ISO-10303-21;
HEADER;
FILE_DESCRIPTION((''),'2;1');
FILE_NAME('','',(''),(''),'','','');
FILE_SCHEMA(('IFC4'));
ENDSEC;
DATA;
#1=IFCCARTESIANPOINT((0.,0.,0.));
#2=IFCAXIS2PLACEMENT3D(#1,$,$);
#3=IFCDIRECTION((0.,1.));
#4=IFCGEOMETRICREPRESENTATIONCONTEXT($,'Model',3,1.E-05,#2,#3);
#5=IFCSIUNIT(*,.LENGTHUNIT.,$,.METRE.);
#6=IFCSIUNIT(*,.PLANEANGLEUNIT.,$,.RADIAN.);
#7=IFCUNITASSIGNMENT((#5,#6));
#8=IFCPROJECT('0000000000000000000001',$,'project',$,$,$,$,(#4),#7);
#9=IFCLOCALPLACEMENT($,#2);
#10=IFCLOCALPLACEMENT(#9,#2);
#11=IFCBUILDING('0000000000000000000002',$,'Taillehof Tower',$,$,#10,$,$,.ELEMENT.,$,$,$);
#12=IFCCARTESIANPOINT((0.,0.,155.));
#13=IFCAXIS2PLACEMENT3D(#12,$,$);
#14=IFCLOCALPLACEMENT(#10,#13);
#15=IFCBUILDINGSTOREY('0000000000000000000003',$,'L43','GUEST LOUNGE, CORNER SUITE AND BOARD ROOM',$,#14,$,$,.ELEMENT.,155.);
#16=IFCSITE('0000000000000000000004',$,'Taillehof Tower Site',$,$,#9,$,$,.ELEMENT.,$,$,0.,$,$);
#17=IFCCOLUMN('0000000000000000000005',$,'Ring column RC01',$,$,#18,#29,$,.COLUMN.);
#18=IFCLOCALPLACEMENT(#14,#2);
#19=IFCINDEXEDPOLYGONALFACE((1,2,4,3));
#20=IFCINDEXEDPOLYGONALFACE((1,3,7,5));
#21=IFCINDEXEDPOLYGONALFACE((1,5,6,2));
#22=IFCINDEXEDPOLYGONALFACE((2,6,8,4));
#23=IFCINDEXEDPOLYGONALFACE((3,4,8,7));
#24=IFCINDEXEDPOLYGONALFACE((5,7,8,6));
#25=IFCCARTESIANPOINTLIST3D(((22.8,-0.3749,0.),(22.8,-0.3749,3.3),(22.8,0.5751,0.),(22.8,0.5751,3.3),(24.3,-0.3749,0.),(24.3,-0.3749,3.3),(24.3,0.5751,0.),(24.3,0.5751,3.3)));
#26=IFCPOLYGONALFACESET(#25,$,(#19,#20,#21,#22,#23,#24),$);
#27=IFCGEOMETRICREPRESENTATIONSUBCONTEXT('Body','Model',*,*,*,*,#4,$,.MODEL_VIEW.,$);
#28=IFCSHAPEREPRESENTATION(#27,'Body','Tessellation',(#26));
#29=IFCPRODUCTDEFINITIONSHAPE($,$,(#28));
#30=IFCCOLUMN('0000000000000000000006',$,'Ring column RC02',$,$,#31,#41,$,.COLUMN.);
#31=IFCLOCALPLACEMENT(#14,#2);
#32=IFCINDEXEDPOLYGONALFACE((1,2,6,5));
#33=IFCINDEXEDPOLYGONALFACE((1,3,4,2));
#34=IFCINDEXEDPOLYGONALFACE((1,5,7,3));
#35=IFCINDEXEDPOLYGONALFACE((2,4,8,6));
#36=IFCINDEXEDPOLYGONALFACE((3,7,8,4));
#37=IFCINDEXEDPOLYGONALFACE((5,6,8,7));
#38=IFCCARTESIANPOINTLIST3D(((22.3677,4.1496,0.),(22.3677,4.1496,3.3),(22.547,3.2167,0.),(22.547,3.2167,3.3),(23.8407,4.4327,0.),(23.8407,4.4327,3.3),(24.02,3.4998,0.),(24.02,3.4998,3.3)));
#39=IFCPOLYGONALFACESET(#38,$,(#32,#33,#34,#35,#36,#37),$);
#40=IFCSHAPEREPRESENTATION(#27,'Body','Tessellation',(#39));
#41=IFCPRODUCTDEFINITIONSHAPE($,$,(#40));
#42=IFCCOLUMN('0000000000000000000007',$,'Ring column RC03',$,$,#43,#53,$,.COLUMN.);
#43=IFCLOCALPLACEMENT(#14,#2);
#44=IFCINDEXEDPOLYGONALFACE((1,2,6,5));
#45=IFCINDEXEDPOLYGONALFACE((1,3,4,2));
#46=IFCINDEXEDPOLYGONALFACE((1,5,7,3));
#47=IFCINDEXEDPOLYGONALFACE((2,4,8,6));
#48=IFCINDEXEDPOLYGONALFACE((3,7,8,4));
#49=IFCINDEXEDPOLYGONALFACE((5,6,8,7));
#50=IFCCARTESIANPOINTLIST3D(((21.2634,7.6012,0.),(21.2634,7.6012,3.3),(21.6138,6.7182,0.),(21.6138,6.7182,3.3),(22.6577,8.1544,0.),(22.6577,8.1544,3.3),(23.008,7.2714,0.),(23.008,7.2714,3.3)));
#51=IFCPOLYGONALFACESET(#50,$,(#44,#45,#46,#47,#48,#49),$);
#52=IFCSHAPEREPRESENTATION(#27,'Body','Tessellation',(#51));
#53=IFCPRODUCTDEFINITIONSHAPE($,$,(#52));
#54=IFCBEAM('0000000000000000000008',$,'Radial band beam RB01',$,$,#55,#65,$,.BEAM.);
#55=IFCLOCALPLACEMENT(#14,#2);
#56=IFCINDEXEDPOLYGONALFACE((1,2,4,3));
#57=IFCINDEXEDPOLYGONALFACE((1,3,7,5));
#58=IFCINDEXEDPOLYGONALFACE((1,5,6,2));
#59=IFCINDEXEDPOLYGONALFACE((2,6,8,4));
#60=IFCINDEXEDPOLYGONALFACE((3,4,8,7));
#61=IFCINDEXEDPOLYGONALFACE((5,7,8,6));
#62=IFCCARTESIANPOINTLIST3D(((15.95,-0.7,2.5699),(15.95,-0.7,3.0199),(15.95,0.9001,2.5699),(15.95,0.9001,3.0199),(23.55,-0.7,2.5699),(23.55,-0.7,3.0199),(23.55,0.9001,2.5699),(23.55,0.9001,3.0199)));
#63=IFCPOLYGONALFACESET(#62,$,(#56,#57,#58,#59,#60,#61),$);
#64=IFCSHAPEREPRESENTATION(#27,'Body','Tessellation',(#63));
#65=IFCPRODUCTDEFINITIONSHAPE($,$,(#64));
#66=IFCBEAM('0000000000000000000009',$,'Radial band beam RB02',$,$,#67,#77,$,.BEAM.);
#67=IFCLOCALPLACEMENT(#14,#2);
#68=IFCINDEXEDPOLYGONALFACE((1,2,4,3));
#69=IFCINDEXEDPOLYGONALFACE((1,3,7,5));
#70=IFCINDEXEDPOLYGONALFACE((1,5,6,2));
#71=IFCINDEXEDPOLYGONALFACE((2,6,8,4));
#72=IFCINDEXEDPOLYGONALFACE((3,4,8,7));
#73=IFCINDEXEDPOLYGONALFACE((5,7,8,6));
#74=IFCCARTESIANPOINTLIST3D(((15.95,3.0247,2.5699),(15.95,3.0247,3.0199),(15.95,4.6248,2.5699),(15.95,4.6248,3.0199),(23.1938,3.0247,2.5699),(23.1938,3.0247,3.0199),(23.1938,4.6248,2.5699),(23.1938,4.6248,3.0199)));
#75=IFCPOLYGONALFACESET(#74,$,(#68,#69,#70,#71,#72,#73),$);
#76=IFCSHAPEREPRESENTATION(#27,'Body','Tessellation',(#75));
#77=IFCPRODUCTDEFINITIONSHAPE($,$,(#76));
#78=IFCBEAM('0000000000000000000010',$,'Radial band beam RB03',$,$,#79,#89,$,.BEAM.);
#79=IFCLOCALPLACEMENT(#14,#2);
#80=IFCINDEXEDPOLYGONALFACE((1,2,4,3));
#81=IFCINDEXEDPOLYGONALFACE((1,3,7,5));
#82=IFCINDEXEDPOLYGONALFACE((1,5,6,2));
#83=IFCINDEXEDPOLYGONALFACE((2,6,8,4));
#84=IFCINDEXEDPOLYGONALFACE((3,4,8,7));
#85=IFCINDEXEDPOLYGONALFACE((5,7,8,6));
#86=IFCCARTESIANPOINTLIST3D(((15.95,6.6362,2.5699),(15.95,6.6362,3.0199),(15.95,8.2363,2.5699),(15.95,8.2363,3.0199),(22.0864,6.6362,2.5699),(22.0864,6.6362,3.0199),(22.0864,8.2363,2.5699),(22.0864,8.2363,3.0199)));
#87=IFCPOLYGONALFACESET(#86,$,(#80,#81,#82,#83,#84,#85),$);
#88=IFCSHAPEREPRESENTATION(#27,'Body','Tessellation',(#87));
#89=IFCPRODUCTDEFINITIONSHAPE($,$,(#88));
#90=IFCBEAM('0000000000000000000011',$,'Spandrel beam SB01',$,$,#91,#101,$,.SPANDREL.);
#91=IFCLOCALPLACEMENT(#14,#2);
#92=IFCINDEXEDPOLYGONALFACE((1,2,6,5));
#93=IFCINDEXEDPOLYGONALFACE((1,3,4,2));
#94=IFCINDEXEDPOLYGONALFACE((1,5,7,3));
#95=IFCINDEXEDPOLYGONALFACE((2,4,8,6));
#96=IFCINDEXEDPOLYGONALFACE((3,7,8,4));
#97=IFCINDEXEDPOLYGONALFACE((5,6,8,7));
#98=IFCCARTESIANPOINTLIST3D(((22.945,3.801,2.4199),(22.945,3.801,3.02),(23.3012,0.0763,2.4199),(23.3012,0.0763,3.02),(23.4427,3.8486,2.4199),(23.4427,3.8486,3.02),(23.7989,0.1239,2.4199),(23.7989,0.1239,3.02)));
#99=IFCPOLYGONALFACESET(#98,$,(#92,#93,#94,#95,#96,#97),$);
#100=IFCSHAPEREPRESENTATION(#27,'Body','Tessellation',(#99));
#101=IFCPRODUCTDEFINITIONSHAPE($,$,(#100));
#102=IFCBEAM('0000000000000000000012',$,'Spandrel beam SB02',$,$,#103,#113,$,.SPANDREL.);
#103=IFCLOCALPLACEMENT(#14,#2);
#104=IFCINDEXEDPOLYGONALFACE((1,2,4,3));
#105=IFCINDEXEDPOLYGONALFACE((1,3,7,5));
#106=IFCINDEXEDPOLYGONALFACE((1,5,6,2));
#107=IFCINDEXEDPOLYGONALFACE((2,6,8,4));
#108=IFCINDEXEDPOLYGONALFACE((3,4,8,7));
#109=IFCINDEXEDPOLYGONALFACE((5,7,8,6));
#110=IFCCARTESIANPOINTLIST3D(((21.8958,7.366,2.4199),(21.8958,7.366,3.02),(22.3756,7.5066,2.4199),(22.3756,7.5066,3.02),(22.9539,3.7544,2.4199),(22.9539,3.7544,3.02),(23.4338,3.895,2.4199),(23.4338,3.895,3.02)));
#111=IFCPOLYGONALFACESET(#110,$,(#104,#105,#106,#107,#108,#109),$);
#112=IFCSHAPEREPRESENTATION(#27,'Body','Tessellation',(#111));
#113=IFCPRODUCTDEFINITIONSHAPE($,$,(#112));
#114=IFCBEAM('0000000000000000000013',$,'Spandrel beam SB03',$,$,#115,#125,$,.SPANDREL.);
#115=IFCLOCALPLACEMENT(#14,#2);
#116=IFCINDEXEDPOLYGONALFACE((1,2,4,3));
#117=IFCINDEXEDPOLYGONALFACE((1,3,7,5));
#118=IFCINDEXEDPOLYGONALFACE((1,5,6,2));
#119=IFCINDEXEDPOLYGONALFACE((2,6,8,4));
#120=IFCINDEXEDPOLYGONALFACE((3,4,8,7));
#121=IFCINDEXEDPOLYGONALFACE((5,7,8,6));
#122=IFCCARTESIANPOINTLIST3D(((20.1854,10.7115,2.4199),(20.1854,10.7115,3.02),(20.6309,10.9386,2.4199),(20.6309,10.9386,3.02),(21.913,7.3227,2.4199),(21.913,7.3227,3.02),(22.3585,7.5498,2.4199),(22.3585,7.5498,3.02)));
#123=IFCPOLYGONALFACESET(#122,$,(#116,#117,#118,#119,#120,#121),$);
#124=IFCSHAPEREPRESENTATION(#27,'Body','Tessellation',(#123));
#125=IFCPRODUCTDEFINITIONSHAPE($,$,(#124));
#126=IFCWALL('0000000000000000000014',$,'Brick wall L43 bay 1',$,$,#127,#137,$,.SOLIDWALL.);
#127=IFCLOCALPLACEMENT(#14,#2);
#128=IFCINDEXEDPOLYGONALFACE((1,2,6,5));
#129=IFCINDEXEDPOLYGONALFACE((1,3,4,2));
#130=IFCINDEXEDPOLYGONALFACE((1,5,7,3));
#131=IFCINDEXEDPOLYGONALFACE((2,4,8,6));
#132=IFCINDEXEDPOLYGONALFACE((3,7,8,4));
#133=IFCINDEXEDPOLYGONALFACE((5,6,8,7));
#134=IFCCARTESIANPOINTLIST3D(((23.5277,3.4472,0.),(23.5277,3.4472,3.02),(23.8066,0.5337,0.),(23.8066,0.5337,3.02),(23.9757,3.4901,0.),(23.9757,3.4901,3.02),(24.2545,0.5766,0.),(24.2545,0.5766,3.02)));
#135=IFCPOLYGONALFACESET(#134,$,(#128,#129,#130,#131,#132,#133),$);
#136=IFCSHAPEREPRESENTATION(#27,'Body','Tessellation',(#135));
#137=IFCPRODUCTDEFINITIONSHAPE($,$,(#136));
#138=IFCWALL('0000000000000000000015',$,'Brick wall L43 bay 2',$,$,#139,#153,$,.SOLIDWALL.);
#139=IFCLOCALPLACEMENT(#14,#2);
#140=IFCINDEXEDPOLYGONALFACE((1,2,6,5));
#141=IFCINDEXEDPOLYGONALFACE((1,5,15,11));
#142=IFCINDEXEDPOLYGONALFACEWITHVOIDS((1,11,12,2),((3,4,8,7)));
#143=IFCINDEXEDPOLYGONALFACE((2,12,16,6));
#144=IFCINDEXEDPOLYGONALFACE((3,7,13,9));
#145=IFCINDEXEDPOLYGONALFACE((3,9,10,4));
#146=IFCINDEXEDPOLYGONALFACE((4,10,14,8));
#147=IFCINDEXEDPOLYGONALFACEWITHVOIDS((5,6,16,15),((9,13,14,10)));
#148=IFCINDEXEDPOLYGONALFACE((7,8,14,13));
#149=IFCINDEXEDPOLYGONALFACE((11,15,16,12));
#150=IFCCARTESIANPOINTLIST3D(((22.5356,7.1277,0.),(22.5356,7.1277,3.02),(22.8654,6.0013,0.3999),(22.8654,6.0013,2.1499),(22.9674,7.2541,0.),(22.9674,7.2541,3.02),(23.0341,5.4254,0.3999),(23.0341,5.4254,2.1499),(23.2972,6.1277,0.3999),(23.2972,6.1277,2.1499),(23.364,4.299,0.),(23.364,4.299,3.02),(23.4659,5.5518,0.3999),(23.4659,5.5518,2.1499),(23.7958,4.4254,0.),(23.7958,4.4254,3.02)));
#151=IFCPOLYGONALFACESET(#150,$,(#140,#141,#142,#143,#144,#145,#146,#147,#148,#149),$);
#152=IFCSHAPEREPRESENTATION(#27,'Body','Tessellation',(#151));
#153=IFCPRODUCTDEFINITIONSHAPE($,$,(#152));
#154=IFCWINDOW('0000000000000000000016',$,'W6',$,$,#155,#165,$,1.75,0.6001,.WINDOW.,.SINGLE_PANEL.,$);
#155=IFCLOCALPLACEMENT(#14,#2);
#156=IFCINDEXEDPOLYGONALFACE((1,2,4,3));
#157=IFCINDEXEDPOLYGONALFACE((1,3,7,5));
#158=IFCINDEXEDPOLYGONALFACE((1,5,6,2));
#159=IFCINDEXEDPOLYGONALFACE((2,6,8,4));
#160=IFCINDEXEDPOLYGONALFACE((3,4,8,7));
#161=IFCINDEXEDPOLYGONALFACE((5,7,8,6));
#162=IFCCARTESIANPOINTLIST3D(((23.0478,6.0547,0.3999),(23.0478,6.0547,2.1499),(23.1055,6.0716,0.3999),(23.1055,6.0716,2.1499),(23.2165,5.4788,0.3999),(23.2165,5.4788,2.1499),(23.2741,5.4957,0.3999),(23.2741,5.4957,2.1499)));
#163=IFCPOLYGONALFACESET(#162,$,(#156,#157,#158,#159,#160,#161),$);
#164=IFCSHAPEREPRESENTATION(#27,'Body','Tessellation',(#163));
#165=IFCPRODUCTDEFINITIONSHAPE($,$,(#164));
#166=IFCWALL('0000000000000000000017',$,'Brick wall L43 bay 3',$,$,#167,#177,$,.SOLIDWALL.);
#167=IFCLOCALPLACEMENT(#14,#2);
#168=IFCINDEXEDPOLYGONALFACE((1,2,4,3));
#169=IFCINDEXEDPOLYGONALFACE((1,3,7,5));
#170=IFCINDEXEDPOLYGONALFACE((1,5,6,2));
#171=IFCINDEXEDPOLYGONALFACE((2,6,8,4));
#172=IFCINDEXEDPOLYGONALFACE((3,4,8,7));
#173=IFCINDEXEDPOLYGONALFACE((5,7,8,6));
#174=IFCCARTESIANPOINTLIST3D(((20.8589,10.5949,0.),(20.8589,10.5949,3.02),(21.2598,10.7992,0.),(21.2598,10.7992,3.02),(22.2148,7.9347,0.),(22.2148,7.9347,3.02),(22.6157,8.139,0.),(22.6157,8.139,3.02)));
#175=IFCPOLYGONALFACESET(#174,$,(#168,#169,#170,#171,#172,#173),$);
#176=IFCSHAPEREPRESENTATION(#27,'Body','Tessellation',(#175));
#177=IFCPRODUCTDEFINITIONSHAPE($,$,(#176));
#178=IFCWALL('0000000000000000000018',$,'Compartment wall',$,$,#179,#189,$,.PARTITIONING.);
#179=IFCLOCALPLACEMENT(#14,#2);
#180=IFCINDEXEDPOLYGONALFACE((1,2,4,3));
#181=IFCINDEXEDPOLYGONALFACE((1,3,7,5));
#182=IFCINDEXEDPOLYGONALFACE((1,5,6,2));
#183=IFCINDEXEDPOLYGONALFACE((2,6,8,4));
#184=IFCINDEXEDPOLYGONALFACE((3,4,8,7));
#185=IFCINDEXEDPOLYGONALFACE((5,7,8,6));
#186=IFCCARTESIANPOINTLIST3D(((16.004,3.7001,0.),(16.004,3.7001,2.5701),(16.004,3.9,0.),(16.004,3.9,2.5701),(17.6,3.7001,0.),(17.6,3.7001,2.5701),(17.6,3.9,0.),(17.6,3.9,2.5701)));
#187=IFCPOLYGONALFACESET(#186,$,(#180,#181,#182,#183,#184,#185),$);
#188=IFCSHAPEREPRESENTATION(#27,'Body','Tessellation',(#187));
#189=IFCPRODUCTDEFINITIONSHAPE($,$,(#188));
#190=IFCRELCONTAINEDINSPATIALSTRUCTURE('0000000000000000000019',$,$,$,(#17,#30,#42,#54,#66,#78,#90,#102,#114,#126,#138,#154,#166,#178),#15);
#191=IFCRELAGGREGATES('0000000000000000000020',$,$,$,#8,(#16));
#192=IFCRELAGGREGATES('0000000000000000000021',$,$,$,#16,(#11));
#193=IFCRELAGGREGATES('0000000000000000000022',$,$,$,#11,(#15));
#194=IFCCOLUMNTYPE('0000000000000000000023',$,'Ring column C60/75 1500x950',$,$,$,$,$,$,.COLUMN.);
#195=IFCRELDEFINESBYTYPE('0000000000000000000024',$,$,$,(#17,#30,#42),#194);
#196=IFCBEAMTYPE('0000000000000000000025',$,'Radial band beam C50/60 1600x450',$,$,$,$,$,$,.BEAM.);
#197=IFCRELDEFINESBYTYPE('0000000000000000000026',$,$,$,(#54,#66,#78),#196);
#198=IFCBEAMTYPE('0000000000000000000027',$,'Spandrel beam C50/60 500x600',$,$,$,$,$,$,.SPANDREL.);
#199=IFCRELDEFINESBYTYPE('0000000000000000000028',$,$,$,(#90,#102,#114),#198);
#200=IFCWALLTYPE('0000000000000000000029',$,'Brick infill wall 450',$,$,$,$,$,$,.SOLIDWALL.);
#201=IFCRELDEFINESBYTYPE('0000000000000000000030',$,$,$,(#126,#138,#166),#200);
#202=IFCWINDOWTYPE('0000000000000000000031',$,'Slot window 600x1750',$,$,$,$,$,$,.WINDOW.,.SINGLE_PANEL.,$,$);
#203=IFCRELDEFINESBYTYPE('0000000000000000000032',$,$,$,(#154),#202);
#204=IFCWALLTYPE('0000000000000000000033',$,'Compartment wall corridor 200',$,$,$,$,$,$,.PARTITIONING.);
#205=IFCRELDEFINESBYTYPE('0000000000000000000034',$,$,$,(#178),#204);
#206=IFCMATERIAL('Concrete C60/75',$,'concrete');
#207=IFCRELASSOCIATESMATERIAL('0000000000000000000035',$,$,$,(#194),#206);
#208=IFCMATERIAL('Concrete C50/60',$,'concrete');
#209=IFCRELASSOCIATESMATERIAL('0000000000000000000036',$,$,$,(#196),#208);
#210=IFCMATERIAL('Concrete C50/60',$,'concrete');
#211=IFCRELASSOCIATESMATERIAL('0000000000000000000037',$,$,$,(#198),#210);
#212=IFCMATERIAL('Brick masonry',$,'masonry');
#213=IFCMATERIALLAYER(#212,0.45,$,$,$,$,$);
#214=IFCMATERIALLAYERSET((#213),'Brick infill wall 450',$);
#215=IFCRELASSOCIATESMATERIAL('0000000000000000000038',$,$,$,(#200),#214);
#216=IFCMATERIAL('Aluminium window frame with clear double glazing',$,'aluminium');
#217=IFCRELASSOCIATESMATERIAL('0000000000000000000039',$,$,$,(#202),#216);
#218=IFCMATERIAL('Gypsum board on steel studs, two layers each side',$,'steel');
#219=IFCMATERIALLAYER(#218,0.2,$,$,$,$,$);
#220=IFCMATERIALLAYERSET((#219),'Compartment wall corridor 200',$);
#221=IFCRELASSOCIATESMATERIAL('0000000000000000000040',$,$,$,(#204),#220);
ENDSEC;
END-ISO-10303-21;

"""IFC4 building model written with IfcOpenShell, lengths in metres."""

from ifc_helpers import new_model, si_unit, direction, frame, frame_2d, origin, origin_2d, place, context, subcontext, project, spatial, rectangle, extrude, material, layer, layer_set, material_profile, profile_set, type_object, element, fill, save


model = new_model("IFC4")

# Units and contexts
model_context = context("Model", 3, precision=1e-05, world=origin(), true_north=direction((0.0, 1.0)))
body_context = subcontext(model_context, "Body", "Model", "MODEL_VIEW")
ifc_project = project(units=[si_unit("LENGTHUNIT", "METRE"), si_unit("PLANEANGLEUNIT", "RADIAN")], contexts=[model_context])

# Site, building, storey
site_placement = place(None, origin())
site = spatial("IfcSite", under=ifc_project, at=site_placement, Name="Taillehof Tower Site", CompositionType="ELEMENT", RefElevation=0.0)
building_placement = place(site_placement, origin())
building = spatial("IfcBuilding", under=site, at=building_placement, Name="Taillehof Tower", CompositionType="ELEMENT")
storey_placement = place(building_placement, frame((0.0, 0.0, 155.0)))
storey = spatial("IfcBuildingStorey", under=building, at=storey_placement, Name="L43", Description="GUEST LOUNGE, CORNER SUITE AND BOARD ROOM", CompositionType="ELEMENT", Elevation=155.0)

# Columns
ifc_material_1 = material(Name="Concrete C60/75", Category="concrete")
ifc_material_profile_1 = material_profile(ifc_material_1, rectangle(XDim=1.5, YDim=0.95, at=origin_2d()), Name="RC 1500x950")
ifc_profile_set_1 = profile_set([ifc_material_profile_1], Name="Concrete C60/75")
column_type = type_object("IfcColumnType", Name="Ring column C60/75 1500x950", PredefinedType="COLUMN", material=ifc_profile_set_1)
for number, where, z_axis, x_axis, name in (
    (1, (23.55, 0.1001, 0.0), (0.0, 0.0, 1.0), (1.0, 0.0, 0.0), "Ring column RC01"),
    (2, (23.1938, 3.8247, 0.0), (0.0, 0.0, 1.0), (0.982024, 0.188757, 0.0), "Ring column RC02"),
    (3, (22.1357, 7.4363, 0.0), (0.0, 0.0, 1.0), (0.929511, 0.368793, 0.0), "Ring column RC03"),
):
    element("IfcColumn", number, at=place(storey_placement, frame(where, z_axis=z_axis, x_axis=x_axis)), inside=storey, type_object=column_type, Name=name, PredefinedType="COLUMN", context=body_context, shape_type="SweptSolid", body=[
        extrude(rectangle(XDim=1.5, YDim=0.95, at=origin_2d()), origin(), (0.0, 0.0, 1.0), 3.3),
    ])

# Beams
ifc_material_2 = material(Name="Concrete C50/60", Category="concrete")
ifc_material_profile_2 = material_profile(ifc_material_2, rectangle(XDim=1.6001, YDim=0.45, at=origin_2d()), Name="RC 1600x450")
ifc_profile_set_2 = profile_set([ifc_material_profile_2], Name="Concrete C50/60")
beam_type_1 = type_object("IfcBeamType", Name="Radial band beam C50/60 1600x450", PredefinedType="BEAM", material=ifc_profile_set_2)
beam_1_placement = place(storey_placement, frame((23.55, 0.1001, 2.7949), z_axis=(-1.0, 0.0, 0.0), x_axis=(0.0, -1.0, 0.0)))
element("IfcBeam", 4, at=beam_1_placement, inside=storey, type_object=beam_type_1, Name="Radial band beam RB01", PredefinedType="BEAM", context=body_context, shape_type="SweptSolid", body=[
    extrude(rectangle(XDim=1.6001, YDim=0.45, at=origin_2d()), origin(), (0.0, 0.0, 1.0), 7.6001),
])
beam_2_placement = place(storey_placement, frame((23.1938, 3.8247, 2.7949), z_axis=(-1.0, 0.0, 0.0), x_axis=(0.0, -1.0, 0.0)))
element("IfcBeam", 5, at=beam_2_placement, inside=storey, type_object=beam_type_1, Name="Radial band beam RB02", PredefinedType="BEAM", context=body_context, shape_type="SweptSolid", body=[
    extrude(rectangle(XDim=1.6001, YDim=0.45, at=origin_2d()), origin(), (0.0, 0.0, 1.0), 7.2439),
])
beam_3_placement = place(storey_placement, frame((22.0864, 7.4363, 2.7949), z_axis=(-1.0, 0.0, 0.0), x_axis=(0.0, -1.0, 0.0)))
element("IfcBeam", 6, at=beam_3_placement, inside=storey, type_object=beam_type_1, Name="Radial band beam RB03", PredefinedType="BEAM", context=body_context, shape_type="SweptSolid", body=[
    extrude(rectangle(XDim=1.6001, YDim=0.45, at=origin_2d()), origin(), (0.0, 0.0, 1.0), 6.1365),
])
ifc_material_3 = material(Name="Concrete C50/60", Category="concrete")
ifc_material_profile_3 = material_profile(ifc_material_3, rectangle(XDim=0.5, YDim=0.6001, at=origin_2d()), Name="RC 500x600")
ifc_profile_set_3 = profile_set([ifc_material_profile_3], Name="Concrete C50/60")
beam_type_2 = type_object("IfcBeamType", Name="Spandrel beam C50/60 500x600", PredefinedType="SPANDREL", material=ifc_profile_set_3)
beam_4_placement = place(storey_placement, frame((23.55, 0.1001, 2.72), z_axis=(-0.0952, 0.995458, 0.0), x_axis=(-0.995458, -0.0952, 0.0)))
element("IfcBeam", 7, at=beam_4_placement, inside=storey, type_object=beam_type_2, Name="Spandrel beam SB01", PredefinedType="SPANDREL", context=body_context, shape_type="SweptSolid", body=[
    extrude(rectangle(XDim=0.5, YDim=0.6001, at=origin_2d()), origin(), (0.0, 0.0, 1.0), 3.7417),
])
beam_5_placement = place(storey_placement, frame((23.1938, 3.8247, 2.72), z_axis=(-0.281158, 0.959661, 0.0), x_axis=(-0.959661, -0.281158, 0.0)))
element("IfcBeam", 8, at=beam_5_placement, inside=storey, type_object=beam_type_2, Name="Spandrel beam SB02", PredefinedType="SPANDREL", context=body_context, shape_type="SweptSolid", body=[
    extrude(rectangle(XDim=0.5, YDim=0.6001, at=origin_2d()), origin(), (0.0, 0.0, 1.0), 3.7634),
])
beam_6_placement = place(storey_placement, frame((22.1357, 7.4363, 2.72), z_axis=(-0.454183, 0.890908, 0.0), x_axis=(-0.890908, -0.454183, 0.0)))
element("IfcBeam", 9, at=beam_6_placement, inside=storey, type_object=beam_type_2, Name="Spandrel beam SB03", PredefinedType="SPANDREL", context=body_context, shape_type="SweptSolid", body=[
    extrude(rectangle(XDim=0.5, YDim=0.6001, at=origin_2d()), origin(), (0.0, 0.0, 1.0), 3.8037),
])

# Wall
ifc_material_4 = material(Name="Brick masonry", Category="masonry")
ifc_layer_1 = layer(ifc_material_4, 0.45)
ifc_layer_set_1 = layer_set([ifc_layer_1], Name="Brick infill wall 450")
wall_type_1 = type_object("IfcWallType", Name="Brick infill wall 450", PredefinedType="SOLIDWALL", material=ifc_layer_set_1)
wall_1_placement = place(storey_placement, frame((24.0305, 0.5552, 0.0), z_axis=(0.0, 0.0, 1.0), x_axis=(-0.095266, 0.995452, 0.0)))
element("IfcWall", 10, at=wall_1_placement, inside=storey, type_object=wall_type_1, Name="Brick wall L43 bay 1", PredefinedType="SOLIDWALL", context=body_context, shape_type="SweptSolid", body=[
    extrude(rectangle(XDim=2.9268, YDim=0.45, at=frame_2d((1.4634, 0.0))), origin(), (0.0, 0.0, 1.0), 3.02),
])

# Wall, opening, window
wall_2_placement = place(storey_placement, frame((23.5798, 4.3623, 0.0), z_axis=(0.0, 0.0, 1.0), x_axis=(-0.281049, 0.959693, 0.0)))
wall_2 = element("IfcWall", 11, at=wall_2_placement, inside=storey, type_object=wall_type_1, Name="Brick wall L43 bay 2", PredefinedType="SOLIDWALL", context=body_context, shape_type="SweptSolid", body=[
    extrude(rectangle(XDim=2.9475, YDim=0.45, at=frame_2d((1.4736, 0.0))), origin(), (0.0, 0.0, 1.0), 3.02),
])
opening_placement = place(wall_2_placement, frame((1.1736, 0.0, 0.3999)))
opening = element("IfcOpeningElement", 12, at=opening_placement, cuts=wall_2, PredefinedType="OPENING", context=body_context, shape_type="SweptSolid", body=[
    extrude(rectangle(XDim=0.6001, YDim=1.75, at=frame_2d((0.3, 0.875))), frame((0.0, 0.2349, 0.0), z_axis=(0.0, -1.0, 0.0), x_axis=(1.0, 0.0, 0.0)), (0.0, 0.0, 1.0), 0.47),
])
ifc_material_5 = material(Name="Aluminium window frame with clear double glazing", Category="aluminium")
window_type = type_object("IfcWindowType", Name="Slot window 600x1750", PartitioningType="SINGLE_PANEL", PredefinedType="WINDOW", material=ifc_material_5)
window_placement = place(opening_placement, origin())
window = element("IfcWindow", 13, at=window_placement, inside=storey, type_object=window_type, Name="W6", OverallHeight=1.75, OverallWidth=0.6001, PartitioningType="SINGLE_PANEL", PredefinedType="WINDOW", context=body_context, shape_type="SweptSolid", body=[
    extrude(rectangle(XDim=0.6001, YDim=1.75, at=frame_2d((0.3, 0.875))), frame((0.0, 0.0349, 0.0), z_axis=(0.0, -1.0, 0.0), x_axis=(1.0, 0.0, 0.0)), (0.0, 0.0, 1.0), 0.0601),
])
fill(opening, window)

# Walls
wall_3_placement = place(storey_placement, frame((22.4153, 8.0369, 0.0), z_axis=(0.0, 0.0, 1.0), x_axis=(-0.454134, 0.890933, 0.0)))
element("IfcWall", 14, at=wall_3_placement, inside=storey, type_object=wall_type_1, Name="Brick wall L43 bay 3", PredefinedType="SOLIDWALL", context=body_context, shape_type="SweptSolid", body=[
    extrude(rectangle(XDim=2.9858, YDim=0.45, at=frame_2d((1.4929, 0.0))), origin(), (0.0, 0.0, 1.0), 3.02),
])
ifc_material_6 = material(Name="Gypsum board on steel studs, two layers each side", Category="steel")
ifc_layer_2 = layer(ifc_material_6, 0.2)
ifc_layer_set_2 = layer_set([ifc_layer_2], Name="Compartment wall corridor 200")
wall_type_2 = type_object("IfcWallType", Name="Compartment wall corridor 200", PredefinedType="PARTITIONING", material=ifc_layer_set_2)
wall_4_placement = place(storey_placement, frame((17.5999, 3.8, 0.0), z_axis=(0.0, 0.0, 1.0), x_axis=(-1.0, 0.0, 0.0)))
element("IfcWall", 15, at=wall_4_placement, inside=storey, type_object=wall_type_2, Name="Compartment wall", PredefinedType="PARTITIONING", context=body_context, shape_type="SweptSolid", body=[
    extrude(rectangle(XDim=1.5959, YDim=0.2, at=frame_2d((0.7979, 0.0))), origin(), (0.0, 0.0, 1.0), 2.5701),
])

save(model, "model.ifc")
